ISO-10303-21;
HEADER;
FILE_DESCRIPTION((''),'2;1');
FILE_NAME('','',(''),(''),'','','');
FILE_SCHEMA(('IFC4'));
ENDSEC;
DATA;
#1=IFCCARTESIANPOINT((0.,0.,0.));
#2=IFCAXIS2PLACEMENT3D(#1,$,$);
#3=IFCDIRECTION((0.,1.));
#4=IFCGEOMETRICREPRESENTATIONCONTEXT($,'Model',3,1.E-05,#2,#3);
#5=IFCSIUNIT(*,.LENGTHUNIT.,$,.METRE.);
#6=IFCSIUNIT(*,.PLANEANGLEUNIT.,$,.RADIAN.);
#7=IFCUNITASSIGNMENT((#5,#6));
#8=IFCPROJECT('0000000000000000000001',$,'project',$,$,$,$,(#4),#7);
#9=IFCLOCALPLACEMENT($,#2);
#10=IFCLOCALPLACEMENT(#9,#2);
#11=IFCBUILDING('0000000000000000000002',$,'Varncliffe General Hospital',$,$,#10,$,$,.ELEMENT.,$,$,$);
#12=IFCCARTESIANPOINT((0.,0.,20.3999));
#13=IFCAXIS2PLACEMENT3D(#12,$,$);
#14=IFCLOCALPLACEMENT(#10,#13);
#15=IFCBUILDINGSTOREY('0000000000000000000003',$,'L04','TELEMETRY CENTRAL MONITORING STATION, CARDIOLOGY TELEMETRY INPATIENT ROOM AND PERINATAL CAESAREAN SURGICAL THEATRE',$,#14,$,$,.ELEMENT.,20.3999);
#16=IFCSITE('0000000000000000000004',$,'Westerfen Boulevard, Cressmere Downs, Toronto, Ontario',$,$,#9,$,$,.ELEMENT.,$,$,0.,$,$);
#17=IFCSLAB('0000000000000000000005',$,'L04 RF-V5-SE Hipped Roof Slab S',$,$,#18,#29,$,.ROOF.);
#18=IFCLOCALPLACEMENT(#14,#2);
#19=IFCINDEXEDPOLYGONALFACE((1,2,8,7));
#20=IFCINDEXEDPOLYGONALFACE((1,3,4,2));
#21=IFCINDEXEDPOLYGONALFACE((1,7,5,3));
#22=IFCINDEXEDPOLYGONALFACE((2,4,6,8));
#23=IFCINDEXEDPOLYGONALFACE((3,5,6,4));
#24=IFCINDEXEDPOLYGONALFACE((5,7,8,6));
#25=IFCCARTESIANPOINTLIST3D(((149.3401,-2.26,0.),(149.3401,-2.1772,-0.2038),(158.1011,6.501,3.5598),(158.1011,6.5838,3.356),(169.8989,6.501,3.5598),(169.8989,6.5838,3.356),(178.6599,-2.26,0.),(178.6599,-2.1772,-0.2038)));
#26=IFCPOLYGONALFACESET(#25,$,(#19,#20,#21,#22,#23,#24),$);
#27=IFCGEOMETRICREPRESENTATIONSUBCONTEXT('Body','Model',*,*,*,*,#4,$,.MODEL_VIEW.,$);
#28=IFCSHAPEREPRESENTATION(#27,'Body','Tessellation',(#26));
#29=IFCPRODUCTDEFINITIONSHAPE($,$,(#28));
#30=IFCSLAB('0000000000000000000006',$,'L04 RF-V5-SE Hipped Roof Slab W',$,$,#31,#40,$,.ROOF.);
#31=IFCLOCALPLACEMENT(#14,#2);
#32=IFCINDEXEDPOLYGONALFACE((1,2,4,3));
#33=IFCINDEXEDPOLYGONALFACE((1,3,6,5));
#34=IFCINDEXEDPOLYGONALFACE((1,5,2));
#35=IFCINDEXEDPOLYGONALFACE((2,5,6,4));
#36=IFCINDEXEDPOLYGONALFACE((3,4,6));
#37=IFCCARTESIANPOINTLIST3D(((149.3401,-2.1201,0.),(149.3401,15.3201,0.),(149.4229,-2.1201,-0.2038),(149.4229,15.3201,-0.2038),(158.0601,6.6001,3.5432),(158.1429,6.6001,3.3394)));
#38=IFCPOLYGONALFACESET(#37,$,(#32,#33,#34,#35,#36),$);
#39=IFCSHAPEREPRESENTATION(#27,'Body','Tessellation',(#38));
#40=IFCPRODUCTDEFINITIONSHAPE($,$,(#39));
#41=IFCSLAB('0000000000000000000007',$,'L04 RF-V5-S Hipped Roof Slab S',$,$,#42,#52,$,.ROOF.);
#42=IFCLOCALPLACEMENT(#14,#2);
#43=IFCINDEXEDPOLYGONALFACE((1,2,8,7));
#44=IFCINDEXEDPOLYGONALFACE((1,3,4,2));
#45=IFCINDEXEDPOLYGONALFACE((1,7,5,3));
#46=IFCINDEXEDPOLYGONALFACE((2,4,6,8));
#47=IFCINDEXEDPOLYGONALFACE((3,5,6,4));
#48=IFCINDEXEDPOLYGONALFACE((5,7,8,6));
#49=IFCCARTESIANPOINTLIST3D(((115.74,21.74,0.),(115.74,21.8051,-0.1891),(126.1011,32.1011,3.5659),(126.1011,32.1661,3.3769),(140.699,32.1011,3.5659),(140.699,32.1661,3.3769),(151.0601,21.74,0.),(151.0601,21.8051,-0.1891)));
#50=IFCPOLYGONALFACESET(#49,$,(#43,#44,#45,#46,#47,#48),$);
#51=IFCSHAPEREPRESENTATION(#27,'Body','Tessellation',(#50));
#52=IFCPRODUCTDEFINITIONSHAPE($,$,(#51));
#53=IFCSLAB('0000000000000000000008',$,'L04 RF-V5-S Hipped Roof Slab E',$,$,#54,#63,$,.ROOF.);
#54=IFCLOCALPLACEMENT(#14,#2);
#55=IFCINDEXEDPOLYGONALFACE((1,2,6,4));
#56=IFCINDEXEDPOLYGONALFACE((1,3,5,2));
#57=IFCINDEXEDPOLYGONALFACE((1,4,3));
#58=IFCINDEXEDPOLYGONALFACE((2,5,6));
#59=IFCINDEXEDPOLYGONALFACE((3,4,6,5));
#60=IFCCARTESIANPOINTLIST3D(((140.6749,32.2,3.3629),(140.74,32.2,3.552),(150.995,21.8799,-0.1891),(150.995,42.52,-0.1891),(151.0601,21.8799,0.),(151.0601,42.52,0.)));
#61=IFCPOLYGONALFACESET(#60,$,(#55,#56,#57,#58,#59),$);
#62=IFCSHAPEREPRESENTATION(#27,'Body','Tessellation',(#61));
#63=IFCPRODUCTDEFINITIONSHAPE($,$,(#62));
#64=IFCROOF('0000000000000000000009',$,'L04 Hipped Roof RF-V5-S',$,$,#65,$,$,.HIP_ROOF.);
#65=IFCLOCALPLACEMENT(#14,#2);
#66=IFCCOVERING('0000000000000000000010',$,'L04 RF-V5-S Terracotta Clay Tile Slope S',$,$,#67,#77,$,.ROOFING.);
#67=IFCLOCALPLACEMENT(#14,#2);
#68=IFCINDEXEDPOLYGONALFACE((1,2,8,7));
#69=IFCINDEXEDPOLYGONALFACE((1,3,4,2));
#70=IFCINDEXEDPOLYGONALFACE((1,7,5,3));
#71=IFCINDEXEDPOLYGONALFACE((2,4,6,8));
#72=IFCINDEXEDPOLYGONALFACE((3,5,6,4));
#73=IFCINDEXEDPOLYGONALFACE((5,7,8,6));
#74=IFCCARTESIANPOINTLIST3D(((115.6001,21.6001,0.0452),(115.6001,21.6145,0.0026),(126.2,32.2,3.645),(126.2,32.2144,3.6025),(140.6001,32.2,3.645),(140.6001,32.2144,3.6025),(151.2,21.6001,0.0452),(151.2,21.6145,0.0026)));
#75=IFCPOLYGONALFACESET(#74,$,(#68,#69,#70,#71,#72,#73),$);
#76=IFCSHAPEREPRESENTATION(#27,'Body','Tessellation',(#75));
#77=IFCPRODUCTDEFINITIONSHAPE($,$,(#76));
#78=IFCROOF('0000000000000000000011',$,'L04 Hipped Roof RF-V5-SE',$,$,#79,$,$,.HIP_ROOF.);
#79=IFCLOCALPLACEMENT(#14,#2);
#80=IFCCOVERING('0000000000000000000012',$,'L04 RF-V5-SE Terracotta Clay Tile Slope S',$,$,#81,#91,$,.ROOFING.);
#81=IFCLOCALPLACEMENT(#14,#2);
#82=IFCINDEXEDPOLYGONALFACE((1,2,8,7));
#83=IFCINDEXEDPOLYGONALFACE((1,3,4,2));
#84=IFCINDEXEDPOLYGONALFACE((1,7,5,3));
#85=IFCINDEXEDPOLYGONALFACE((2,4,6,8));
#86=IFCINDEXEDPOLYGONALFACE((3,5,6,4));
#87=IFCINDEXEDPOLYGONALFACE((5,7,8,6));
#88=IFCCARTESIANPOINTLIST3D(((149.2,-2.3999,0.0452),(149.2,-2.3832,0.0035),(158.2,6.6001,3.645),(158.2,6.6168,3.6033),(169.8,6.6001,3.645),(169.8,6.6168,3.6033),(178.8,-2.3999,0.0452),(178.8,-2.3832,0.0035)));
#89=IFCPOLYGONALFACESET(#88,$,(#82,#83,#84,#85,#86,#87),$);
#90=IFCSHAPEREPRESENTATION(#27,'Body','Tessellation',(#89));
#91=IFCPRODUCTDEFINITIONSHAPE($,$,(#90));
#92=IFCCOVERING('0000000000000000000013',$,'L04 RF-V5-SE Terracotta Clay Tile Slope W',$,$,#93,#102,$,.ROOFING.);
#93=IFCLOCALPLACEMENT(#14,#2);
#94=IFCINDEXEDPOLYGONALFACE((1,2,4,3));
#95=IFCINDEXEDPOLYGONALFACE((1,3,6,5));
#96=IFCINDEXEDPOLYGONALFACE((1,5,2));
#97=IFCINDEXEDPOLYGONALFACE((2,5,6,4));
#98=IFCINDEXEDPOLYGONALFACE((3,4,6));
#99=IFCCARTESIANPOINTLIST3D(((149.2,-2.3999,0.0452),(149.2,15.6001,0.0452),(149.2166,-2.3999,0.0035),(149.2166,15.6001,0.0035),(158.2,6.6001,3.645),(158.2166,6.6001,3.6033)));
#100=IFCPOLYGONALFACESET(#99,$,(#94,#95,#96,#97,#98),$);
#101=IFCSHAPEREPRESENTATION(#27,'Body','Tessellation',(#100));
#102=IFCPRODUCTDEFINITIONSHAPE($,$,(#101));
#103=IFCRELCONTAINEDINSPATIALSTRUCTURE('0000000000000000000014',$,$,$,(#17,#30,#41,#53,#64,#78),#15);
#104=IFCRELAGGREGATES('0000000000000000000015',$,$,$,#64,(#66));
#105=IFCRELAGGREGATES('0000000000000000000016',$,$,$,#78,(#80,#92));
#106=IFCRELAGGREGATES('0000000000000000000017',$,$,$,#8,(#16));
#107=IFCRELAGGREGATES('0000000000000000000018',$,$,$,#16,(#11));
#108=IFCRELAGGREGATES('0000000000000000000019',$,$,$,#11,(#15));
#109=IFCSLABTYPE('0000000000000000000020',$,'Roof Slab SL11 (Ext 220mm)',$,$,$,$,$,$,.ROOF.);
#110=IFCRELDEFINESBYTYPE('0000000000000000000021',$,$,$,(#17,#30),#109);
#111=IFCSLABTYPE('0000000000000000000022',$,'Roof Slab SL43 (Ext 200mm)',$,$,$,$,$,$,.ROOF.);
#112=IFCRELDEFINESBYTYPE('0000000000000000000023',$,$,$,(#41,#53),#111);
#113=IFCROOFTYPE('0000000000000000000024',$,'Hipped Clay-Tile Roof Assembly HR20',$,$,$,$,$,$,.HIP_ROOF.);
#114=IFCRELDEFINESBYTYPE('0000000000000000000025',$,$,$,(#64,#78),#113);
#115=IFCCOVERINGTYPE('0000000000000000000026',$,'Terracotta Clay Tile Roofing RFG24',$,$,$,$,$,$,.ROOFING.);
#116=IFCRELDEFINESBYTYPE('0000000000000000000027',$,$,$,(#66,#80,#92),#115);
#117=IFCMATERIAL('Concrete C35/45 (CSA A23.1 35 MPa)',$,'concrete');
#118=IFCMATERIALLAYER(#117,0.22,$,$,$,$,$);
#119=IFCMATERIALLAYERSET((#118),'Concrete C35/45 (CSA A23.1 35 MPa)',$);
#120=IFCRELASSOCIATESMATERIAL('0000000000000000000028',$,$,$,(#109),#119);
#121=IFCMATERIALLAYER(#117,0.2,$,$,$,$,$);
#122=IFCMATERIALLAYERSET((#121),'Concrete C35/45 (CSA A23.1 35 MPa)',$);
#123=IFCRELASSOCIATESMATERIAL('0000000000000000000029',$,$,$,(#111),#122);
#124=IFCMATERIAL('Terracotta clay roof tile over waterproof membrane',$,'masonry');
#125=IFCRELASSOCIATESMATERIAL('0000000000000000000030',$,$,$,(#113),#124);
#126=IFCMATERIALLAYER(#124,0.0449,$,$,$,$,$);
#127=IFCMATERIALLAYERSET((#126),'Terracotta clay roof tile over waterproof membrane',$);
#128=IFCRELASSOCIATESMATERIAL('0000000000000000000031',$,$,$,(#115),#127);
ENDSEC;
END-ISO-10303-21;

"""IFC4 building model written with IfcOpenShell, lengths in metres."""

from ifc_helpers import new_model, si_unit, direction, frame, origin, place, context, subcontext, project, spatial, polyline, outline, extrude, material, layer, layer_set, type_object, element, aggregate, save


model = new_model("IFC4")

# Units and contexts
model_context = context("Model", 3, precision=1e-05, world=origin(), true_north=direction((0.0, 1.0)))
body_context = subcontext(model_context, "Body", "Model", "MODEL_VIEW")
ifc_project = project(units=[si_unit("LENGTHUNIT", "METRE"), si_unit("PLANEANGLEUNIT", "RADIAN")], contexts=[model_context])

# Site, building, storey
site_placement = place(None, origin())
site = spatial("IfcSite", under=ifc_project, at=site_placement, Name="Westerfen Boulevard, Cressmere Downs, Toronto, Ontario", CompositionType="ELEMENT", RefElevation=0.0)
building_placement = place(site_placement, origin())
building = spatial("IfcBuilding", under=site, at=building_placement, Name="Varncliffe General Hospital", CompositionType="ELEMENT")
storey_placement = place(building_placement, frame((0.0, 0.0, 20.3999)))
storey = spatial("IfcBuildingStorey", under=building, at=storey_placement, Name="L04", Description="TELEMETRY CENTRAL MONITORING STATION, CARDIOLOGY TELEMETRY INPATIENT ROOM AND PERINATAL CAESAREAN SURGICAL THEATRE", CompositionType="ELEMENT", Elevation=20.3999)

# Slabs
ifc_material_1 = material(Name="Concrete C35/45 (CSA A23.1 35 MPa)", Category="concrete")
ifc_layer_1 = layer(ifc_material_1, 0.22)
ifc_layer_set_1 = layer_set([ifc_layer_1], Name="Concrete C35/45 (CSA A23.1 35 MPa)")
slab_type_1 = type_object("IfcSlabType", Name="Roof Slab SL11 (Ext 220mm)", PredefinedType="ROOF", material=ifc_layer_set_1)
slab_1_placement = place(storey_placement, frame((149.3401, -2.26, 0.0), z_axis=(0.0, -0.376437, 0.926442), x_axis=(1.0, 0.0, 0.0)))
element("IfcSlab", 1, at=slab_1_placement, inside=storey, type_object=slab_type_1, Name="L04 RF-V5-SE Hipped Roof Slab S", PredefinedType="ROOF", context=body_context, shape_type="SweptSolid", body=[
    extrude(outline(polyline([(0.0, 0.0), (29.3198, 0.0), (20.5588, 9.4566), (8.761, 9.4566), (0.0, 0.0)])), origin(), (0.0, 0.0, -1.0), 0.22),
])
slab_2_placement = place(storey_placement, frame((149.3401, 15.3201, 0.0), z_axis=(-0.376443, 0.0, 0.92644), x_axis=(0.0, -1.0, 0.0)))
element("IfcSlab", 2, at=slab_2_placement, inside=storey, type_object=slab_type_1, Name="L04 RF-V5-SE Hipped Roof Slab W", PredefinedType="ROOF", context=body_context, shape_type="SweptSolid", body=[
    extrude(outline(polyline([(0.0, 0.0), (17.4402, 0.0), (8.72, 9.4123), (0.0, 0.0)])), origin(), (0.0, 0.0, -1.0), 0.22),
])
ifc_layer_2 = layer(ifc_material_1, 0.2)
ifc_layer_set_2 = layer_set([ifc_layer_2], Name="Concrete C35/45 (CSA A23.1 35 MPa)")
slab_type_2 = type_object("IfcSlabType", Name="Roof Slab SL43 (Ext 200mm)", PredefinedType="ROOF", material=ifc_layer_set_2)
slab_3_placement = place(storey_placement, frame((115.74, 21.74, 0.0), z_axis=(0.0, -0.32543, 0.945566), x_axis=(1.0, 0.0, 0.0)))
element("IfcSlab", 3, at=slab_3_placement, inside=storey, type_object=slab_type_2, Name="L04 RF-V5-S Hipped Roof Slab S", PredefinedType="ROOF", context=body_context, shape_type="SweptSolid", body=[
    extrude(outline(polyline([(0.0, 0.0), (35.3201, 0.0), (24.959, 10.9575), (10.3611, 10.9575), (0.0, 0.0)])), origin(), (0.0, 0.0, -1.0), 0.2),
])
slab_4_placement = place(storey_placement, frame((151.0601, 21.8799, 0.0), z_axis=(0.325447, 0.0, 0.94556), x_axis=(0.0, 1.0, 0.0)))
element("IfcSlab", 4, at=slab_4_placement, inside=storey, type_object=slab_type_2, Name="L04 RF-V5-S Hipped Roof Slab E", PredefinedType="ROOF", context=body_context, shape_type="SweptSolid", body=[
    extrude(outline(polyline([(0.0, 0.0), (20.6401, 0.0), (10.3201, 10.9142), (0.0, 0.0)])), origin(), (0.0, 0.0, -1.0), 0.2),
])

# Roof, covering
ifc_material_2 = material(Name="Terracotta clay roof tile over waterproof membrane", Category="masonry")
roof_type = type_object("IfcRoofType", Name="Hipped Clay-Tile Roof Assembly HR20", PredefinedType="HIP_ROOF", material=ifc_material_2)
roof_1_placement = place(storey_placement, origin())
roof_1 = element("IfcRoof", 5, at=roof_1_placement, inside=storey, type_object=roof_type, Name="L04 Hipped Roof RF-V5-S", PredefinedType="HIP_ROOF")
ifc_layer_3 = layer(ifc_material_2, 0.0449)
ifc_layer_set_3 = layer_set([ifc_layer_3], Name="Terracotta clay roof tile over waterproof membrane")
covering_type = type_object("IfcCoveringType", Name="Terracotta Clay Tile Roofing RFG24", PredefinedType="ROOFING", material=ifc_layer_set_3)
covering_1_placement = place(storey_placement, frame((115.6001, 21.6001, 0.0452), z_axis=(0.0, -0.321575, 0.946884), x_axis=(1.0, 0.0, 0.0)))
covering_1 = element("IfcCovering", 6, at=covering_1_placement, type_object=covering_type, Name="L04 RF-V5-S Terracotta Clay Tile Slope S", PredefinedType="ROOFING", context=body_context, shape_type="SweptSolid", body=[
    extrude(outline(polyline([(0.0, 0.0), (35.5999, 0.0), (25.0, 11.1945), (10.5999, 11.1945), (0.0, 0.0)])), origin(), (0.0, 0.0, -1.0), 0.0449),
])
aggregate(roof_1, [covering_1])

# Roof, coverings
roof_2_placement = place(storey_placement, origin())
roof_2 = element("IfcRoof", 7, at=roof_2_placement, inside=storey, type_object=roof_type, Name="L04 Hipped Roof RF-V5-SE", PredefinedType="HIP_ROOF")
covering_2_placement = place(storey_placement, frame((149.2, -2.3999, 0.0452), z_axis=(0.0, -0.371378, 0.928482), x_axis=(1.0, 0.0, 0.0)))
covering_2 = element("IfcCovering", 8, at=covering_2_placement, type_object=covering_type, Name="L04 RF-V5-SE Terracotta Clay Tile Slope S", PredefinedType="ROOFING", context=body_context, shape_type="SweptSolid", body=[
    extrude(outline(polyline([(0.0, 0.0), (29.6001, 0.0), (20.6001, 9.6932), (9.0, 9.6932), (0.0, 0.0)])), origin(), (0.0, 0.0, -1.0), 0.0449),
])
covering_3_placement = place(storey_placement, frame((149.2, 15.6001, 0.0452), z_axis=(-0.371378, 0.0, 0.928482), x_axis=(0.0, -1.0, 0.0)))
covering_3 = element("IfcCovering", 9, at=covering_3_placement, type_object=covering_type, Name="L04 RF-V5-SE Terracotta Clay Tile Slope W", PredefinedType="ROOFING", context=body_context, shape_type="SweptSolid", body=[
    extrude(outline(polyline([(0.0, 0.0), (18.0, 0.0), (9.0, 9.6932), (0.0, 0.0)])), origin(), (0.0, 0.0, -1.0), 0.0449),
])
aggregate(roof_2, [covering_2, covering_3])

save(model, "model.ifc")
